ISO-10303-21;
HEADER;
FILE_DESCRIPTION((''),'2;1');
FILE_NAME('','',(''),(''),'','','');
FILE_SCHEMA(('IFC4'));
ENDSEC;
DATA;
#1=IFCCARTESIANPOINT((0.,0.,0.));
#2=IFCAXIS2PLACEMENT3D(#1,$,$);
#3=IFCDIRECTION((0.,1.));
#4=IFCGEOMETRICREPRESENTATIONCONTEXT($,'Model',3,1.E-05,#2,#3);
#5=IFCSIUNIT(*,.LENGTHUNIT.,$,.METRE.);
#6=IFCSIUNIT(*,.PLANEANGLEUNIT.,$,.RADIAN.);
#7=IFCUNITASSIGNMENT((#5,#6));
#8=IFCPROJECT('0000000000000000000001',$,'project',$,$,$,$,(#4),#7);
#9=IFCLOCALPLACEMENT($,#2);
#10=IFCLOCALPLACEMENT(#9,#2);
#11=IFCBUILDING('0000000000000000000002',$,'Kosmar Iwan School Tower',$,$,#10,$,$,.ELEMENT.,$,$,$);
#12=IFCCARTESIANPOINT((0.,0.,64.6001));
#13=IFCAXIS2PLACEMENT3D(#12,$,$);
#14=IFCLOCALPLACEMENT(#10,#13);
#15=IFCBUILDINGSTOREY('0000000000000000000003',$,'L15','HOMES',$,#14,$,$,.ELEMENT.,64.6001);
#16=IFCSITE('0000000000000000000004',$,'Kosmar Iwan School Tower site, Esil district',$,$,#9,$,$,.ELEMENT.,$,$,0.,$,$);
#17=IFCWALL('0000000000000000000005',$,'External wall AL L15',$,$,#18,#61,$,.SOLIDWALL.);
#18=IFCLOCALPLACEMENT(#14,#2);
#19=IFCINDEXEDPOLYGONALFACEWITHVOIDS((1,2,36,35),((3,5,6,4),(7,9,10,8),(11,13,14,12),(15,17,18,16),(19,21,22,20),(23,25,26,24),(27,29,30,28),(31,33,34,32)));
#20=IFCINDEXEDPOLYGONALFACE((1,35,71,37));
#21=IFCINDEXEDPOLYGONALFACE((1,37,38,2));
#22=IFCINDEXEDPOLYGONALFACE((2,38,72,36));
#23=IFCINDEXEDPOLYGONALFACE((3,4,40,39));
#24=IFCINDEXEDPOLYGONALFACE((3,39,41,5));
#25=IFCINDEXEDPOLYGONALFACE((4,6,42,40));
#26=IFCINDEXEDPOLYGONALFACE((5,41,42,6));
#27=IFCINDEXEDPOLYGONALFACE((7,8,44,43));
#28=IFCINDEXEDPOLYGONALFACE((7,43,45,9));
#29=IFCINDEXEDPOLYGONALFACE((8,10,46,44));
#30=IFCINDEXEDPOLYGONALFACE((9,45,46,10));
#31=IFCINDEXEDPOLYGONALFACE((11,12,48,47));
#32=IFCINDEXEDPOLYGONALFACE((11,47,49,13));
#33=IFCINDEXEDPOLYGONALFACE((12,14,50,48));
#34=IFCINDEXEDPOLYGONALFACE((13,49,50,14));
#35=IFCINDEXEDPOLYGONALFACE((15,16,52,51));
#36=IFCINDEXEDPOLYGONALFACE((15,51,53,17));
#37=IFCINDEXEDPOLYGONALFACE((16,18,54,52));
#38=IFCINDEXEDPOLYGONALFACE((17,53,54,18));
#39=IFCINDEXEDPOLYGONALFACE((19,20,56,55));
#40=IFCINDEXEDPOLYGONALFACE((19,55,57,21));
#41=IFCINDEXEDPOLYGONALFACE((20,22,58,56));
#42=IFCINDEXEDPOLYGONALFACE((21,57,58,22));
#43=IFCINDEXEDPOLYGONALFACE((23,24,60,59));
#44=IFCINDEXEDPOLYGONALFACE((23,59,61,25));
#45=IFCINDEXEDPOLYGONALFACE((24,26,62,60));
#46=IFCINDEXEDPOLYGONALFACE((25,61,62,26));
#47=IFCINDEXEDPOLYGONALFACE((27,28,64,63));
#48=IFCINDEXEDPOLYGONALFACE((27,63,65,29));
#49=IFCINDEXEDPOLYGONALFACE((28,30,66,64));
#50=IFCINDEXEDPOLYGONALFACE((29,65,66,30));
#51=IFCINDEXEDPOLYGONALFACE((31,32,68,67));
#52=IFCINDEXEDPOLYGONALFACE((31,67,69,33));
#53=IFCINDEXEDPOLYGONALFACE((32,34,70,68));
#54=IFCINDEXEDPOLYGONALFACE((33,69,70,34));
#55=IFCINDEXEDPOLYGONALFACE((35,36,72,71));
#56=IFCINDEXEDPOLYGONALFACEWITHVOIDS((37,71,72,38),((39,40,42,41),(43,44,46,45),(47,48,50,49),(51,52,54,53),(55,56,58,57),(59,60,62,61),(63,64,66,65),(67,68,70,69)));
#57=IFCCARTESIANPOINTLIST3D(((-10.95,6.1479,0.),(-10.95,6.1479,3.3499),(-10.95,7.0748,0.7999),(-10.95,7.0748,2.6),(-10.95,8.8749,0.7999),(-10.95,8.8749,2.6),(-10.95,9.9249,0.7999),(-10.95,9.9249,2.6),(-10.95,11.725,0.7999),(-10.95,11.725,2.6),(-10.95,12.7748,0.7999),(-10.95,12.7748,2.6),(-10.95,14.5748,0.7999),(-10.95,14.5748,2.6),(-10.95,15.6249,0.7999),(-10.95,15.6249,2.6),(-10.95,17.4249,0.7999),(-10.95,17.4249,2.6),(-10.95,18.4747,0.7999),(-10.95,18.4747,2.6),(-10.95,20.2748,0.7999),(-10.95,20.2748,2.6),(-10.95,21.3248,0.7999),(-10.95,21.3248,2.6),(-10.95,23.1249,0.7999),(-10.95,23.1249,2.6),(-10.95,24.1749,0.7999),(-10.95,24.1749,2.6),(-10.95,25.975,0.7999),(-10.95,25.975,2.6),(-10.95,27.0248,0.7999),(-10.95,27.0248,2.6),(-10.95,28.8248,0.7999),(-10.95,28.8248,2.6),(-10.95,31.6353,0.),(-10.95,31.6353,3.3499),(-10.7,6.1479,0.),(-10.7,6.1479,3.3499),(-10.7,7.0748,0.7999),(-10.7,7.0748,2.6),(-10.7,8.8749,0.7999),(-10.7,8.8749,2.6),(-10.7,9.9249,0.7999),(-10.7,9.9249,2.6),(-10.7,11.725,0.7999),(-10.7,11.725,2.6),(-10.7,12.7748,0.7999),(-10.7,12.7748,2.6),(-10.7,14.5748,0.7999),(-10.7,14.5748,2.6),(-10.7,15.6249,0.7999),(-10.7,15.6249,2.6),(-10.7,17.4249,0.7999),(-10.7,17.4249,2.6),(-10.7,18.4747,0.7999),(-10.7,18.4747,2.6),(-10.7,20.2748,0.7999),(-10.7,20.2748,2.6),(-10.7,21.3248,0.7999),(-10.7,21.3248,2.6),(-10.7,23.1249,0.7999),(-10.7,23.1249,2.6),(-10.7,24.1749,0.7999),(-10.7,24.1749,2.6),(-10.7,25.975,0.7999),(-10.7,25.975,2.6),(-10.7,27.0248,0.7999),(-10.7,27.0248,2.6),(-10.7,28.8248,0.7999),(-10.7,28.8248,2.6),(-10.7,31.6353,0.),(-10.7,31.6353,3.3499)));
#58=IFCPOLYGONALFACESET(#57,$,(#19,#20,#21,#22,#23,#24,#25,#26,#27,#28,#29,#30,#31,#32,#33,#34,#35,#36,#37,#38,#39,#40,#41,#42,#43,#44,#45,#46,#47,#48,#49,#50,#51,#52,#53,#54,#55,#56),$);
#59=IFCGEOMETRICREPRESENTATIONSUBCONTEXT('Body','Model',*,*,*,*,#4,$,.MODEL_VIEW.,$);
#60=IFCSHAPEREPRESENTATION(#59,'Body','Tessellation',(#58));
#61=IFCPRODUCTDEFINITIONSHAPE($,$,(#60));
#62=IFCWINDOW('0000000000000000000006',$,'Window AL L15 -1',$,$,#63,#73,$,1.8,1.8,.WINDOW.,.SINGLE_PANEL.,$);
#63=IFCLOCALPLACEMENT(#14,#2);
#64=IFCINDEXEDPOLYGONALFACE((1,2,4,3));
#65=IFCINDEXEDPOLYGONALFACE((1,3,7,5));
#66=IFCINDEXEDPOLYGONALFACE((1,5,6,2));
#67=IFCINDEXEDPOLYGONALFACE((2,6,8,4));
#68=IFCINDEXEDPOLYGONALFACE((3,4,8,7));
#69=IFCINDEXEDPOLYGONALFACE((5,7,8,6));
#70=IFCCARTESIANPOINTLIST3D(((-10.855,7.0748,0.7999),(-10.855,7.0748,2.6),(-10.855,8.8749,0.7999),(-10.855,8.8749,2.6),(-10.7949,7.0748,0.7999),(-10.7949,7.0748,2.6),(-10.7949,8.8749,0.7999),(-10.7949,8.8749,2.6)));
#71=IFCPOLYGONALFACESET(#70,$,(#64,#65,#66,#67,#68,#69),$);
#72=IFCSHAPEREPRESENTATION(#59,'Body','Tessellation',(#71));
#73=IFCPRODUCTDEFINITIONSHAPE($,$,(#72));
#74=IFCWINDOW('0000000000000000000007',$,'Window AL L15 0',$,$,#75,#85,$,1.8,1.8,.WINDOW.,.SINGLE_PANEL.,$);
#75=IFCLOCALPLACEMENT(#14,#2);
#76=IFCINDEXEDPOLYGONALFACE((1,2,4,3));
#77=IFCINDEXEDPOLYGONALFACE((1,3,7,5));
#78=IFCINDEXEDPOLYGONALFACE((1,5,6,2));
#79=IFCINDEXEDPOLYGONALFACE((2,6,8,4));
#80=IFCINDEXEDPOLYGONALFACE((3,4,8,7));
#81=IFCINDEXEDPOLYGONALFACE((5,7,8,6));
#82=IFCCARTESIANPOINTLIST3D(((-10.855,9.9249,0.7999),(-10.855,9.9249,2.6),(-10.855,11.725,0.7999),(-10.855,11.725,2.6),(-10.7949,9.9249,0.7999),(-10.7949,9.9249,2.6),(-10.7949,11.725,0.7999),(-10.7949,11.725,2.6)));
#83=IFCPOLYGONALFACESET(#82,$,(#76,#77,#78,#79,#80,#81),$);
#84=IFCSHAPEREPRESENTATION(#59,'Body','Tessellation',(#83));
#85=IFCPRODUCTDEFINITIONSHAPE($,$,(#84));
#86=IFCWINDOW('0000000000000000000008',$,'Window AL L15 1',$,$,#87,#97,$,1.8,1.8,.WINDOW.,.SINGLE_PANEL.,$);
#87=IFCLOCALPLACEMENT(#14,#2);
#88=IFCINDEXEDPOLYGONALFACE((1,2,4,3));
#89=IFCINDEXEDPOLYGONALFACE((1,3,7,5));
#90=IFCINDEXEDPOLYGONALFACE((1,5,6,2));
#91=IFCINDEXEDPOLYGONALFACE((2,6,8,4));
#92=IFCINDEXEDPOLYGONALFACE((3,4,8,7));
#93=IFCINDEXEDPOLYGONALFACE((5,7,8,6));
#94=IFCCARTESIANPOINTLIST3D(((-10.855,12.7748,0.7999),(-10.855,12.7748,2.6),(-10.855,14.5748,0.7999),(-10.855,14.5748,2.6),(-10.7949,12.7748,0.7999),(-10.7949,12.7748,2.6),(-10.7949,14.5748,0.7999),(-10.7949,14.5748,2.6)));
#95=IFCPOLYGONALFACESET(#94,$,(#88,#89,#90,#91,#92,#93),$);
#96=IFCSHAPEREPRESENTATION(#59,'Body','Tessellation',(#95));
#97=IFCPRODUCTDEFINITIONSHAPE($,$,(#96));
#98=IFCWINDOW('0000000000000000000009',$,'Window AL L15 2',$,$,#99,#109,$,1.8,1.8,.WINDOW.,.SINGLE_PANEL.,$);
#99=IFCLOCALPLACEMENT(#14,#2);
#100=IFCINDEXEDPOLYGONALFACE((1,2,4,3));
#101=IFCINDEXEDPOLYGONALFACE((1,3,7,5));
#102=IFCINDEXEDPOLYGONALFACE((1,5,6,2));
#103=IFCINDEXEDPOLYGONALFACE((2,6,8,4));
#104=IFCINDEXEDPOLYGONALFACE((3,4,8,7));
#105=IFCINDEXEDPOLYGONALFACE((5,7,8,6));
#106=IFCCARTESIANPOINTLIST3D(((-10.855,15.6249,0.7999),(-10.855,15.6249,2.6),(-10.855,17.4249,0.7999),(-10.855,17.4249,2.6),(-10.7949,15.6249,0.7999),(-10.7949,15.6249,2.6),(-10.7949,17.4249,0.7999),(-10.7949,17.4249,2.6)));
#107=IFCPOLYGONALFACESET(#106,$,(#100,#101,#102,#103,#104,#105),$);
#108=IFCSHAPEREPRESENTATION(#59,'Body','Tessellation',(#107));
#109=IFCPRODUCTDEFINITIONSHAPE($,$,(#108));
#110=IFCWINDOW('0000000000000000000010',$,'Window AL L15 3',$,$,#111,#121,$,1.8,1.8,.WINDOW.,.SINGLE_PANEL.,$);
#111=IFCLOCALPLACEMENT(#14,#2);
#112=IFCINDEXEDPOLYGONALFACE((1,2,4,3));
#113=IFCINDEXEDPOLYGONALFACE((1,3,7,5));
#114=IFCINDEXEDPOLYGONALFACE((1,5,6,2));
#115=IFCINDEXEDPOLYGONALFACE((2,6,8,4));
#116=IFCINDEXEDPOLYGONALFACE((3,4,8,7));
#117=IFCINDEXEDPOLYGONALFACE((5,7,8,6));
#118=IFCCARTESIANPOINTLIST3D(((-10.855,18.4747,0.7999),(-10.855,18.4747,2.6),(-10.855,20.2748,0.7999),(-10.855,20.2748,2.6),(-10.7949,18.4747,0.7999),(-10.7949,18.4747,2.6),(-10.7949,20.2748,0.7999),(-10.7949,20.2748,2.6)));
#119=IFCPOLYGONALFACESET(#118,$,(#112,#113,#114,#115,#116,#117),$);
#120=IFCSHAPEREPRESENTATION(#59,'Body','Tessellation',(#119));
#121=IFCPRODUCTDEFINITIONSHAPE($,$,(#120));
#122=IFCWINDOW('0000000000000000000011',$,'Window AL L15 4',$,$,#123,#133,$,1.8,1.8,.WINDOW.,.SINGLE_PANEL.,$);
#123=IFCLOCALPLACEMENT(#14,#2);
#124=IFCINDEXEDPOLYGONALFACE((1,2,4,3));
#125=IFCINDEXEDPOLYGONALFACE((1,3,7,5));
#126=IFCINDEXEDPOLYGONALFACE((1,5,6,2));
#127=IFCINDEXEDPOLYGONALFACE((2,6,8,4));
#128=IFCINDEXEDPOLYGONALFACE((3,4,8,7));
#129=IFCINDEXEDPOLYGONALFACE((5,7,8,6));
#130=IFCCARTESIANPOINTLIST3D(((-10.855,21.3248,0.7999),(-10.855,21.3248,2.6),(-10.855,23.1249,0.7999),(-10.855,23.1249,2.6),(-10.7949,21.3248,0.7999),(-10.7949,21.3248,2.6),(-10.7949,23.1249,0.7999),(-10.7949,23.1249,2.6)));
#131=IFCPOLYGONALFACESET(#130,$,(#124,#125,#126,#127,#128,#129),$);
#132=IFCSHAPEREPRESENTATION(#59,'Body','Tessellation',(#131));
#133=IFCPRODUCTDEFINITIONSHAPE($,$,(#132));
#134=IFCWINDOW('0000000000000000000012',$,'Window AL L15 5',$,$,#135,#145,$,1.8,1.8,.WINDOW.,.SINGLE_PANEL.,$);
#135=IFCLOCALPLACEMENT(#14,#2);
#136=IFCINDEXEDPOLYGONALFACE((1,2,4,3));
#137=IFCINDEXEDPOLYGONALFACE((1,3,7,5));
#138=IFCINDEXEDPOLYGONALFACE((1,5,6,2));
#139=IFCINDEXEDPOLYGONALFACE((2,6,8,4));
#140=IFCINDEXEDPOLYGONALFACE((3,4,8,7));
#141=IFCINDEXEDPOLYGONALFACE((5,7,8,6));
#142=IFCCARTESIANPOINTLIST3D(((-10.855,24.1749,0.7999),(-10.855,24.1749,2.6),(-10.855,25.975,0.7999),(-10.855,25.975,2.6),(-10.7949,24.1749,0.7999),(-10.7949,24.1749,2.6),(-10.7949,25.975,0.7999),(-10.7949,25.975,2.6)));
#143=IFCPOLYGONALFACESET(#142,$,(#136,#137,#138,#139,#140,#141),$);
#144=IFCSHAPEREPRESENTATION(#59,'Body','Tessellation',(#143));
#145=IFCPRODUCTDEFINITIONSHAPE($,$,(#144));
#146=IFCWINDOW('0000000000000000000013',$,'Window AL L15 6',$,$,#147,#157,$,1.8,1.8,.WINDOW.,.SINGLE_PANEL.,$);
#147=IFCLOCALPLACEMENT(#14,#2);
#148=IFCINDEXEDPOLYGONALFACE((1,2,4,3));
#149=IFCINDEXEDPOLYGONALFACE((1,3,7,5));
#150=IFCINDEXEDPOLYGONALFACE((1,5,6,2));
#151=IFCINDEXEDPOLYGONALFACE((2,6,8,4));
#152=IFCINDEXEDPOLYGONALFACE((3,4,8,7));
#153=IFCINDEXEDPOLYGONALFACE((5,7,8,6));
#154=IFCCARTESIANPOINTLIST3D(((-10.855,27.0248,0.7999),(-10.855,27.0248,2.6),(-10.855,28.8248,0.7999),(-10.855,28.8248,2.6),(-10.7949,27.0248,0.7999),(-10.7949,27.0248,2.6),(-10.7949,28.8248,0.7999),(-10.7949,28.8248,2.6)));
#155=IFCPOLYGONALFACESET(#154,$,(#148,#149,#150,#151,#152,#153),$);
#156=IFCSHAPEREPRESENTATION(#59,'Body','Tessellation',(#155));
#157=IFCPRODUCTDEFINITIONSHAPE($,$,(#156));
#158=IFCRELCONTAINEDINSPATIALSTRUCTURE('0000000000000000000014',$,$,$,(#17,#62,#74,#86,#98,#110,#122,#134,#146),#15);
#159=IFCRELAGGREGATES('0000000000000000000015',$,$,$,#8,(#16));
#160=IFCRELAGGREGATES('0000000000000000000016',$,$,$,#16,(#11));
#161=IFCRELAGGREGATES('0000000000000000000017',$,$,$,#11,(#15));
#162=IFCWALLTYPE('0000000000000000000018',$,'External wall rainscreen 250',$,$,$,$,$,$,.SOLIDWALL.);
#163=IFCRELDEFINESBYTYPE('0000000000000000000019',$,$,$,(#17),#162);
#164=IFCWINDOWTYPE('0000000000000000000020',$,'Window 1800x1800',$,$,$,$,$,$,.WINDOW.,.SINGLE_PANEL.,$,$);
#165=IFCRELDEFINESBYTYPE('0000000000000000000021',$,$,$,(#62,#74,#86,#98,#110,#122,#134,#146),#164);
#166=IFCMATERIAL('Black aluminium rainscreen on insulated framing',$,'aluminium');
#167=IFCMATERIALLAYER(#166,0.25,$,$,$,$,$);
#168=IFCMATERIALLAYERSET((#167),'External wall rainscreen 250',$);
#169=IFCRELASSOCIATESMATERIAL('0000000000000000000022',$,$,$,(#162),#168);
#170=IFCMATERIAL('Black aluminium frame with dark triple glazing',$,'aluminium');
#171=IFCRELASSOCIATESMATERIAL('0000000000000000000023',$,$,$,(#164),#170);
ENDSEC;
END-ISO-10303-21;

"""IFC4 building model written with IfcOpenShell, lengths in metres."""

from ifc_helpers import new_model, si_unit, direction, frame, frame_2d, origin, place, context, subcontext, project, spatial, rectangle, extrude, material, layer, layer_set, type_object, element, fill, save


model = new_model("IFC4")

# Units and contexts
model_context = context("Model", 3, precision=1e-05, world=origin(), true_north=direction((0.0, 1.0)))
body_context = subcontext(model_context, "Body", "Model", "MODEL_VIEW")
ifc_project = project(units=[si_unit("LENGTHUNIT", "METRE"), si_unit("PLANEANGLEUNIT", "RADIAN")], contexts=[model_context])

# Site, building, storey
site_placement = place(None, origin())
site = spatial("IfcSite", under=ifc_project, at=site_placement, Name="Kosmar Iwan School Tower site, Esil district", CompositionType="ELEMENT", RefElevation=0.0)
building_placement = place(site_placement, origin())
building = spatial("IfcBuilding", under=site, at=building_placement, Name="Kosmar Iwan School Tower", CompositionType="ELEMENT")
storey_placement = place(building_placement, frame((0.0, 0.0, 64.6001)))
storey = spatial("IfcBuildingStorey", under=building, at=storey_placement, Name="L15", Description="HOMES", CompositionType="ELEMENT", Elevation=64.6001)

# Wall, openings, windows
ifc_material_1 = material(Name="Black aluminium rainscreen on insulated framing", Category="aluminium")
ifc_layer = layer(ifc_material_1, 0.25)
ifc_layer_set = layer_set([ifc_layer], Name="External wall rainscreen 250")
wall_type = type_object("IfcWallType", Name="External wall rainscreen 250", PredefinedType="SOLIDWALL", material=ifc_layer_set)
wall_1_placement = place(storey_placement, frame((-10.825, 6.1479, 0.0), z_axis=(0.0, 0.0, 1.0), x_axis=(0.0, 1.0, 0.0)))
wall_1 = element("IfcWall", 1, at=wall_1_placement, inside=storey, type_object=wall_type, Name="External wall AL L15", PredefinedType="SOLIDWALL", context=body_context, shape_type="SweptSolid", body=[
    extrude(rectangle(XDim=25.4873, YDim=0.25, at=frame_2d((12.7437, 0.0))), origin(), (0.0, 0.0, 1.0), 3.3499),
])
opening_1_placement = place(wall_1_placement, frame((0.927, 0.0, 0.8)))
opening_1 = element("IfcOpeningElement", 2, at=opening_1_placement, cuts=wall_1, PredefinedType="OPENING", context=body_context, shape_type="SweptSolid", body=[
    extrude(rectangle(XDim=1.8, YDim=1.8, at=frame_2d((0.8999, 0.8999))), frame((0.0, 0.137, 0.0), z_axis=(0.0, -1.0, 0.0), x_axis=(1.0, 0.0, 0.0)), (0.0, 0.0, 1.0), 0.2739),
])
opening_2_placement = place(wall_1_placement, frame((3.7771, 0.0, 0.8)))
opening_2 = element("IfcOpeningElement", 3, at=opening_2_placement, cuts=wall_1, PredefinedType="OPENING", context=body_context, shape_type="SweptSolid", body=[
    extrude(rectangle(XDim=1.8, YDim=1.8, at=frame_2d((0.8999, 0.8999))), frame((0.0, 0.137, 0.0), z_axis=(0.0, -1.0, 0.0), x_axis=(1.0, 0.0, 0.0)), (0.0, 0.0, 1.0), 0.2739),
])
opening_3_placement = place(wall_1_placement, frame((6.627, 0.0, 0.8)))
opening_3 = element("IfcOpeningElement", 4, at=opening_3_placement, cuts=wall_1, PredefinedType="OPENING", context=body_context, shape_type="SweptSolid", body=[
    extrude(rectangle(XDim=1.8, YDim=1.8, at=frame_2d((0.8999, 0.8999))), frame((0.0, 0.137, 0.0), z_axis=(0.0, -1.0, 0.0), x_axis=(1.0, 0.0, 0.0)), (0.0, 0.0, 1.0), 0.2739),
])
opening_4_placement = place(wall_1_placement, frame((9.4771, 0.0, 0.8)))
opening_4 = element("IfcOpeningElement", 5, at=opening_4_placement, cuts=wall_1, PredefinedType="OPENING", context=body_context, shape_type="SweptSolid", body=[
    extrude(rectangle(XDim=1.8, YDim=1.8, at=frame_2d((0.8999, 0.8999))), frame((0.0, 0.137, 0.0), z_axis=(0.0, -1.0, 0.0), x_axis=(1.0, 0.0, 0.0)), (0.0, 0.0, 1.0), 0.2739),
])
opening_5_placement = place(wall_1_placement, frame((12.3269, 0.0, 0.8)))
opening_5 = element("IfcOpeningElement", 6, at=opening_5_placement, cuts=wall_1, PredefinedType="OPENING", context=body_context, shape_type="SweptSolid", body=[
    extrude(rectangle(XDim=1.8, YDim=1.8, at=frame_2d((0.8999, 0.8999))), frame((0.0, 0.137, 0.0), z_axis=(0.0, -1.0, 0.0), x_axis=(1.0, 0.0, 0.0)), (0.0, 0.0, 1.0), 0.2739),
])
opening_6_placement = place(wall_1_placement, frame((15.177, 0.0, 0.8)))
opening_6 = element("IfcOpeningElement", 7, at=opening_6_placement, cuts=wall_1, PredefinedType="OPENING", context=body_context, shape_type="SweptSolid", body=[
    extrude(rectangle(XDim=1.8, YDim=1.8, at=frame_2d((0.8999, 0.8999))), frame((0.0, 0.137, 0.0), z_axis=(0.0, -1.0, 0.0), x_axis=(1.0, 0.0, 0.0)), (0.0, 0.0, 1.0), 0.2739),
])
opening_7_placement = place(wall_1_placement, frame((18.0271, 0.0, 0.8)))
opening_7 = element("IfcOpeningElement", 8, at=opening_7_placement, cuts=wall_1, PredefinedType="OPENING", context=body_context, shape_type="SweptSolid", body=[
    extrude(rectangle(XDim=1.8, YDim=1.8, at=frame_2d((0.8999, 0.8999))), frame((0.0, 0.137, 0.0), z_axis=(0.0, -1.0, 0.0), x_axis=(1.0, 0.0, 0.0)), (0.0, 0.0, 1.0), 0.2739),
])
opening_8_placement = place(wall_1_placement, frame((20.877, 0.0, 0.8)))
opening_8 = element("IfcOpeningElement", 9, at=opening_8_placement, cuts=wall_1, PredefinedType="OPENING", context=body_context, shape_type="SweptSolid", body=[
    extrude(rectangle(XDim=1.8, YDim=1.8, at=frame_2d((0.8999, 0.8999))), frame((0.0, 0.137, 0.0), z_axis=(0.0, -1.0, 0.0), x_axis=(1.0, 0.0, 0.0)), (0.0, 0.0, 1.0), 0.2739),
])
ifc_material_2 = material(Name="Black aluminium frame with dark triple glazing", Category="aluminium")
window_type = type_object("IfcWindowType", Name="Window 1800x1800", PartitioningType="SINGLE_PANEL", PredefinedType="WINDOW", material=ifc_material_2)
window_1_placement = place(opening_1_placement, origin())
window_1 = element("IfcWindow", 10, at=window_1_placement, inside=storey, type_object=window_type, Name="Window AL L15 -1", OverallHeight=1.8, OverallWidth=1.8, PartitioningType="SINGLE_PANEL", PredefinedType="WINDOW", context=body_context, shape_type="SweptSolid", body=[
    extrude(rectangle(XDim=1.8, YDim=1.8, at=frame_2d((0.8999, 0.8999))), frame((0.0, 0.03, 0.0), z_axis=(0.0, -1.0, 0.0), x_axis=(1.0, 0.0, 0.0)), (0.0, 0.0, 1.0), 0.0601),
])
fill(opening_1, window_1)
window_2_placement = place(opening_2_placement, origin())
window_2 = element("IfcWindow", 11, at=window_2_placement, inside=storey, type_object=window_type, Name="Window AL L15 0", OverallHeight=1.8, OverallWidth=1.8, PartitioningType="SINGLE_PANEL", PredefinedType="WINDOW", context=body_context, shape_type="SweptSolid", body=[
    extrude(rectangle(XDim=1.8, YDim=1.8, at=frame_2d((0.8999, 0.8999))), frame((0.0, 0.03, 0.0), z_axis=(0.0, -1.0, 0.0), x_axis=(1.0, 0.0, 0.0)), (0.0, 0.0, 1.0), 0.0601),
])
fill(opening_2, window_2)
window_3_placement = place(opening_3_placement, origin())
window_3 = element("IfcWindow", 12, at=window_3_placement, inside=storey, type_object=window_type, Name="Window AL L15 1", OverallHeight=1.8, OverallWidth=1.8, PartitioningType="SINGLE_PANEL", PredefinedType="WINDOW", context=body_context, shape_type="SweptSolid", body=[
    extrude(rectangle(XDim=1.8, YDim=1.8, at=frame_2d((0.8999, 0.8999))), frame((0.0, 0.03, 0.0), z_axis=(0.0, -1.0, 0.0), x_axis=(1.0, 0.0, 0.0)), (0.0, 0.0, 1.0), 0.0601),
])
fill(opening_3, window_3)
window_4_placement = place(opening_4_placement, origin())
window_4 = element("IfcWindow", 13, at=window_4_placement, inside=storey, type_object=window_type, Name="Window AL L15 2", OverallHeight=1.8, OverallWidth=1.8, PartitioningType="SINGLE_PANEL", PredefinedType="WINDOW", context=body_context, shape_type="SweptSolid", body=[
    extrude(rectangle(XDim=1.8, YDim=1.8, at=frame_2d((0.8999, 0.8999))), frame((0.0, 0.03, 0.0), z_axis=(0.0, -1.0, 0.0), x_axis=(1.0, 0.0, 0.0)), (0.0, 0.0, 1.0), 0.0601),
])
fill(opening_4, window_4)
window_5_placement = place(opening_5_placement, origin())
window_5 = element("IfcWindow", 14, at=window_5_placement, inside=storey, type_object=window_type, Name="Window AL L15 3", OverallHeight=1.8, OverallWidth=1.8, PartitioningType="SINGLE_PANEL", PredefinedType="WINDOW", context=body_context, shape_type="SweptSolid", body=[
    extrude(rectangle(XDim=1.8, YDim=1.8, at=frame_2d((0.8999, 0.8999))), frame((0.0, 0.03, 0.0), z_axis=(0.0, -1.0, 0.0), x_axis=(1.0, 0.0, 0.0)), (0.0, 0.0, 1.0), 0.0601),
])
fill(opening_5, window_5)
window_6_placement = place(opening_6_placement, origin())
window_6 = element("IfcWindow", 15, at=window_6_placement, inside=storey, type_object=window_type, Name="Window AL L15 4", OverallHeight=1.8, OverallWidth=1.8, PartitioningType="SINGLE_PANEL", PredefinedType="WINDOW", context=body_context, shape_type="SweptSolid", body=[
    extrude(rectangle(XDim=1.8, YDim=1.8, at=frame_2d((0.8999, 0.8999))), frame((0.0, 0.03, 0.0), z_axis=(0.0, -1.0, 0.0), x_axis=(1.0, 0.0, 0.0)), (0.0, 0.0, 1.0), 0.0601),
])
fill(opening_6, window_6)
window_7_placement = place(opening_7_placement, origin())
window_7 = element("IfcWindow", 16, at=window_7_placement, inside=storey, type_object=window_type, Name="Window AL L15 5", OverallHeight=1.8, OverallWidth=1.8, PartitioningType="SINGLE_PANEL", PredefinedType="WINDOW", context=body_context, shape_type="SweptSolid", body=[
    extrude(rectangle(XDim=1.8, YDim=1.8, at=frame_2d((0.8999, 0.8999))), frame((0.0, 0.03, 0.0), z_axis=(0.0, -1.0, 0.0), x_axis=(1.0, 0.0, 0.0)), (0.0, 0.0, 1.0), 0.0601),
])
fill(opening_7, window_7)
window_8_placement = place(opening_8_placement, origin())
window_8 = element("IfcWindow", 17, at=window_8_placement, inside=storey, type_object=window_type, Name="Window AL L15 6", OverallHeight=1.8, OverallWidth=1.8, PartitioningType="SINGLE_PANEL", PredefinedType="WINDOW", context=body_context, shape_type="SweptSolid", body=[
    extrude(rectangle(XDim=1.8, YDim=1.8, at=frame_2d((0.8999, 0.8999))), frame((0.0, 0.03, 0.0), z_axis=(0.0, -1.0, 0.0), x_axis=(1.0, 0.0, 0.0)), (0.0, 0.0, 1.0), 0.0601),
])
fill(opening_8, window_8)

save(model, "model.ifc")
